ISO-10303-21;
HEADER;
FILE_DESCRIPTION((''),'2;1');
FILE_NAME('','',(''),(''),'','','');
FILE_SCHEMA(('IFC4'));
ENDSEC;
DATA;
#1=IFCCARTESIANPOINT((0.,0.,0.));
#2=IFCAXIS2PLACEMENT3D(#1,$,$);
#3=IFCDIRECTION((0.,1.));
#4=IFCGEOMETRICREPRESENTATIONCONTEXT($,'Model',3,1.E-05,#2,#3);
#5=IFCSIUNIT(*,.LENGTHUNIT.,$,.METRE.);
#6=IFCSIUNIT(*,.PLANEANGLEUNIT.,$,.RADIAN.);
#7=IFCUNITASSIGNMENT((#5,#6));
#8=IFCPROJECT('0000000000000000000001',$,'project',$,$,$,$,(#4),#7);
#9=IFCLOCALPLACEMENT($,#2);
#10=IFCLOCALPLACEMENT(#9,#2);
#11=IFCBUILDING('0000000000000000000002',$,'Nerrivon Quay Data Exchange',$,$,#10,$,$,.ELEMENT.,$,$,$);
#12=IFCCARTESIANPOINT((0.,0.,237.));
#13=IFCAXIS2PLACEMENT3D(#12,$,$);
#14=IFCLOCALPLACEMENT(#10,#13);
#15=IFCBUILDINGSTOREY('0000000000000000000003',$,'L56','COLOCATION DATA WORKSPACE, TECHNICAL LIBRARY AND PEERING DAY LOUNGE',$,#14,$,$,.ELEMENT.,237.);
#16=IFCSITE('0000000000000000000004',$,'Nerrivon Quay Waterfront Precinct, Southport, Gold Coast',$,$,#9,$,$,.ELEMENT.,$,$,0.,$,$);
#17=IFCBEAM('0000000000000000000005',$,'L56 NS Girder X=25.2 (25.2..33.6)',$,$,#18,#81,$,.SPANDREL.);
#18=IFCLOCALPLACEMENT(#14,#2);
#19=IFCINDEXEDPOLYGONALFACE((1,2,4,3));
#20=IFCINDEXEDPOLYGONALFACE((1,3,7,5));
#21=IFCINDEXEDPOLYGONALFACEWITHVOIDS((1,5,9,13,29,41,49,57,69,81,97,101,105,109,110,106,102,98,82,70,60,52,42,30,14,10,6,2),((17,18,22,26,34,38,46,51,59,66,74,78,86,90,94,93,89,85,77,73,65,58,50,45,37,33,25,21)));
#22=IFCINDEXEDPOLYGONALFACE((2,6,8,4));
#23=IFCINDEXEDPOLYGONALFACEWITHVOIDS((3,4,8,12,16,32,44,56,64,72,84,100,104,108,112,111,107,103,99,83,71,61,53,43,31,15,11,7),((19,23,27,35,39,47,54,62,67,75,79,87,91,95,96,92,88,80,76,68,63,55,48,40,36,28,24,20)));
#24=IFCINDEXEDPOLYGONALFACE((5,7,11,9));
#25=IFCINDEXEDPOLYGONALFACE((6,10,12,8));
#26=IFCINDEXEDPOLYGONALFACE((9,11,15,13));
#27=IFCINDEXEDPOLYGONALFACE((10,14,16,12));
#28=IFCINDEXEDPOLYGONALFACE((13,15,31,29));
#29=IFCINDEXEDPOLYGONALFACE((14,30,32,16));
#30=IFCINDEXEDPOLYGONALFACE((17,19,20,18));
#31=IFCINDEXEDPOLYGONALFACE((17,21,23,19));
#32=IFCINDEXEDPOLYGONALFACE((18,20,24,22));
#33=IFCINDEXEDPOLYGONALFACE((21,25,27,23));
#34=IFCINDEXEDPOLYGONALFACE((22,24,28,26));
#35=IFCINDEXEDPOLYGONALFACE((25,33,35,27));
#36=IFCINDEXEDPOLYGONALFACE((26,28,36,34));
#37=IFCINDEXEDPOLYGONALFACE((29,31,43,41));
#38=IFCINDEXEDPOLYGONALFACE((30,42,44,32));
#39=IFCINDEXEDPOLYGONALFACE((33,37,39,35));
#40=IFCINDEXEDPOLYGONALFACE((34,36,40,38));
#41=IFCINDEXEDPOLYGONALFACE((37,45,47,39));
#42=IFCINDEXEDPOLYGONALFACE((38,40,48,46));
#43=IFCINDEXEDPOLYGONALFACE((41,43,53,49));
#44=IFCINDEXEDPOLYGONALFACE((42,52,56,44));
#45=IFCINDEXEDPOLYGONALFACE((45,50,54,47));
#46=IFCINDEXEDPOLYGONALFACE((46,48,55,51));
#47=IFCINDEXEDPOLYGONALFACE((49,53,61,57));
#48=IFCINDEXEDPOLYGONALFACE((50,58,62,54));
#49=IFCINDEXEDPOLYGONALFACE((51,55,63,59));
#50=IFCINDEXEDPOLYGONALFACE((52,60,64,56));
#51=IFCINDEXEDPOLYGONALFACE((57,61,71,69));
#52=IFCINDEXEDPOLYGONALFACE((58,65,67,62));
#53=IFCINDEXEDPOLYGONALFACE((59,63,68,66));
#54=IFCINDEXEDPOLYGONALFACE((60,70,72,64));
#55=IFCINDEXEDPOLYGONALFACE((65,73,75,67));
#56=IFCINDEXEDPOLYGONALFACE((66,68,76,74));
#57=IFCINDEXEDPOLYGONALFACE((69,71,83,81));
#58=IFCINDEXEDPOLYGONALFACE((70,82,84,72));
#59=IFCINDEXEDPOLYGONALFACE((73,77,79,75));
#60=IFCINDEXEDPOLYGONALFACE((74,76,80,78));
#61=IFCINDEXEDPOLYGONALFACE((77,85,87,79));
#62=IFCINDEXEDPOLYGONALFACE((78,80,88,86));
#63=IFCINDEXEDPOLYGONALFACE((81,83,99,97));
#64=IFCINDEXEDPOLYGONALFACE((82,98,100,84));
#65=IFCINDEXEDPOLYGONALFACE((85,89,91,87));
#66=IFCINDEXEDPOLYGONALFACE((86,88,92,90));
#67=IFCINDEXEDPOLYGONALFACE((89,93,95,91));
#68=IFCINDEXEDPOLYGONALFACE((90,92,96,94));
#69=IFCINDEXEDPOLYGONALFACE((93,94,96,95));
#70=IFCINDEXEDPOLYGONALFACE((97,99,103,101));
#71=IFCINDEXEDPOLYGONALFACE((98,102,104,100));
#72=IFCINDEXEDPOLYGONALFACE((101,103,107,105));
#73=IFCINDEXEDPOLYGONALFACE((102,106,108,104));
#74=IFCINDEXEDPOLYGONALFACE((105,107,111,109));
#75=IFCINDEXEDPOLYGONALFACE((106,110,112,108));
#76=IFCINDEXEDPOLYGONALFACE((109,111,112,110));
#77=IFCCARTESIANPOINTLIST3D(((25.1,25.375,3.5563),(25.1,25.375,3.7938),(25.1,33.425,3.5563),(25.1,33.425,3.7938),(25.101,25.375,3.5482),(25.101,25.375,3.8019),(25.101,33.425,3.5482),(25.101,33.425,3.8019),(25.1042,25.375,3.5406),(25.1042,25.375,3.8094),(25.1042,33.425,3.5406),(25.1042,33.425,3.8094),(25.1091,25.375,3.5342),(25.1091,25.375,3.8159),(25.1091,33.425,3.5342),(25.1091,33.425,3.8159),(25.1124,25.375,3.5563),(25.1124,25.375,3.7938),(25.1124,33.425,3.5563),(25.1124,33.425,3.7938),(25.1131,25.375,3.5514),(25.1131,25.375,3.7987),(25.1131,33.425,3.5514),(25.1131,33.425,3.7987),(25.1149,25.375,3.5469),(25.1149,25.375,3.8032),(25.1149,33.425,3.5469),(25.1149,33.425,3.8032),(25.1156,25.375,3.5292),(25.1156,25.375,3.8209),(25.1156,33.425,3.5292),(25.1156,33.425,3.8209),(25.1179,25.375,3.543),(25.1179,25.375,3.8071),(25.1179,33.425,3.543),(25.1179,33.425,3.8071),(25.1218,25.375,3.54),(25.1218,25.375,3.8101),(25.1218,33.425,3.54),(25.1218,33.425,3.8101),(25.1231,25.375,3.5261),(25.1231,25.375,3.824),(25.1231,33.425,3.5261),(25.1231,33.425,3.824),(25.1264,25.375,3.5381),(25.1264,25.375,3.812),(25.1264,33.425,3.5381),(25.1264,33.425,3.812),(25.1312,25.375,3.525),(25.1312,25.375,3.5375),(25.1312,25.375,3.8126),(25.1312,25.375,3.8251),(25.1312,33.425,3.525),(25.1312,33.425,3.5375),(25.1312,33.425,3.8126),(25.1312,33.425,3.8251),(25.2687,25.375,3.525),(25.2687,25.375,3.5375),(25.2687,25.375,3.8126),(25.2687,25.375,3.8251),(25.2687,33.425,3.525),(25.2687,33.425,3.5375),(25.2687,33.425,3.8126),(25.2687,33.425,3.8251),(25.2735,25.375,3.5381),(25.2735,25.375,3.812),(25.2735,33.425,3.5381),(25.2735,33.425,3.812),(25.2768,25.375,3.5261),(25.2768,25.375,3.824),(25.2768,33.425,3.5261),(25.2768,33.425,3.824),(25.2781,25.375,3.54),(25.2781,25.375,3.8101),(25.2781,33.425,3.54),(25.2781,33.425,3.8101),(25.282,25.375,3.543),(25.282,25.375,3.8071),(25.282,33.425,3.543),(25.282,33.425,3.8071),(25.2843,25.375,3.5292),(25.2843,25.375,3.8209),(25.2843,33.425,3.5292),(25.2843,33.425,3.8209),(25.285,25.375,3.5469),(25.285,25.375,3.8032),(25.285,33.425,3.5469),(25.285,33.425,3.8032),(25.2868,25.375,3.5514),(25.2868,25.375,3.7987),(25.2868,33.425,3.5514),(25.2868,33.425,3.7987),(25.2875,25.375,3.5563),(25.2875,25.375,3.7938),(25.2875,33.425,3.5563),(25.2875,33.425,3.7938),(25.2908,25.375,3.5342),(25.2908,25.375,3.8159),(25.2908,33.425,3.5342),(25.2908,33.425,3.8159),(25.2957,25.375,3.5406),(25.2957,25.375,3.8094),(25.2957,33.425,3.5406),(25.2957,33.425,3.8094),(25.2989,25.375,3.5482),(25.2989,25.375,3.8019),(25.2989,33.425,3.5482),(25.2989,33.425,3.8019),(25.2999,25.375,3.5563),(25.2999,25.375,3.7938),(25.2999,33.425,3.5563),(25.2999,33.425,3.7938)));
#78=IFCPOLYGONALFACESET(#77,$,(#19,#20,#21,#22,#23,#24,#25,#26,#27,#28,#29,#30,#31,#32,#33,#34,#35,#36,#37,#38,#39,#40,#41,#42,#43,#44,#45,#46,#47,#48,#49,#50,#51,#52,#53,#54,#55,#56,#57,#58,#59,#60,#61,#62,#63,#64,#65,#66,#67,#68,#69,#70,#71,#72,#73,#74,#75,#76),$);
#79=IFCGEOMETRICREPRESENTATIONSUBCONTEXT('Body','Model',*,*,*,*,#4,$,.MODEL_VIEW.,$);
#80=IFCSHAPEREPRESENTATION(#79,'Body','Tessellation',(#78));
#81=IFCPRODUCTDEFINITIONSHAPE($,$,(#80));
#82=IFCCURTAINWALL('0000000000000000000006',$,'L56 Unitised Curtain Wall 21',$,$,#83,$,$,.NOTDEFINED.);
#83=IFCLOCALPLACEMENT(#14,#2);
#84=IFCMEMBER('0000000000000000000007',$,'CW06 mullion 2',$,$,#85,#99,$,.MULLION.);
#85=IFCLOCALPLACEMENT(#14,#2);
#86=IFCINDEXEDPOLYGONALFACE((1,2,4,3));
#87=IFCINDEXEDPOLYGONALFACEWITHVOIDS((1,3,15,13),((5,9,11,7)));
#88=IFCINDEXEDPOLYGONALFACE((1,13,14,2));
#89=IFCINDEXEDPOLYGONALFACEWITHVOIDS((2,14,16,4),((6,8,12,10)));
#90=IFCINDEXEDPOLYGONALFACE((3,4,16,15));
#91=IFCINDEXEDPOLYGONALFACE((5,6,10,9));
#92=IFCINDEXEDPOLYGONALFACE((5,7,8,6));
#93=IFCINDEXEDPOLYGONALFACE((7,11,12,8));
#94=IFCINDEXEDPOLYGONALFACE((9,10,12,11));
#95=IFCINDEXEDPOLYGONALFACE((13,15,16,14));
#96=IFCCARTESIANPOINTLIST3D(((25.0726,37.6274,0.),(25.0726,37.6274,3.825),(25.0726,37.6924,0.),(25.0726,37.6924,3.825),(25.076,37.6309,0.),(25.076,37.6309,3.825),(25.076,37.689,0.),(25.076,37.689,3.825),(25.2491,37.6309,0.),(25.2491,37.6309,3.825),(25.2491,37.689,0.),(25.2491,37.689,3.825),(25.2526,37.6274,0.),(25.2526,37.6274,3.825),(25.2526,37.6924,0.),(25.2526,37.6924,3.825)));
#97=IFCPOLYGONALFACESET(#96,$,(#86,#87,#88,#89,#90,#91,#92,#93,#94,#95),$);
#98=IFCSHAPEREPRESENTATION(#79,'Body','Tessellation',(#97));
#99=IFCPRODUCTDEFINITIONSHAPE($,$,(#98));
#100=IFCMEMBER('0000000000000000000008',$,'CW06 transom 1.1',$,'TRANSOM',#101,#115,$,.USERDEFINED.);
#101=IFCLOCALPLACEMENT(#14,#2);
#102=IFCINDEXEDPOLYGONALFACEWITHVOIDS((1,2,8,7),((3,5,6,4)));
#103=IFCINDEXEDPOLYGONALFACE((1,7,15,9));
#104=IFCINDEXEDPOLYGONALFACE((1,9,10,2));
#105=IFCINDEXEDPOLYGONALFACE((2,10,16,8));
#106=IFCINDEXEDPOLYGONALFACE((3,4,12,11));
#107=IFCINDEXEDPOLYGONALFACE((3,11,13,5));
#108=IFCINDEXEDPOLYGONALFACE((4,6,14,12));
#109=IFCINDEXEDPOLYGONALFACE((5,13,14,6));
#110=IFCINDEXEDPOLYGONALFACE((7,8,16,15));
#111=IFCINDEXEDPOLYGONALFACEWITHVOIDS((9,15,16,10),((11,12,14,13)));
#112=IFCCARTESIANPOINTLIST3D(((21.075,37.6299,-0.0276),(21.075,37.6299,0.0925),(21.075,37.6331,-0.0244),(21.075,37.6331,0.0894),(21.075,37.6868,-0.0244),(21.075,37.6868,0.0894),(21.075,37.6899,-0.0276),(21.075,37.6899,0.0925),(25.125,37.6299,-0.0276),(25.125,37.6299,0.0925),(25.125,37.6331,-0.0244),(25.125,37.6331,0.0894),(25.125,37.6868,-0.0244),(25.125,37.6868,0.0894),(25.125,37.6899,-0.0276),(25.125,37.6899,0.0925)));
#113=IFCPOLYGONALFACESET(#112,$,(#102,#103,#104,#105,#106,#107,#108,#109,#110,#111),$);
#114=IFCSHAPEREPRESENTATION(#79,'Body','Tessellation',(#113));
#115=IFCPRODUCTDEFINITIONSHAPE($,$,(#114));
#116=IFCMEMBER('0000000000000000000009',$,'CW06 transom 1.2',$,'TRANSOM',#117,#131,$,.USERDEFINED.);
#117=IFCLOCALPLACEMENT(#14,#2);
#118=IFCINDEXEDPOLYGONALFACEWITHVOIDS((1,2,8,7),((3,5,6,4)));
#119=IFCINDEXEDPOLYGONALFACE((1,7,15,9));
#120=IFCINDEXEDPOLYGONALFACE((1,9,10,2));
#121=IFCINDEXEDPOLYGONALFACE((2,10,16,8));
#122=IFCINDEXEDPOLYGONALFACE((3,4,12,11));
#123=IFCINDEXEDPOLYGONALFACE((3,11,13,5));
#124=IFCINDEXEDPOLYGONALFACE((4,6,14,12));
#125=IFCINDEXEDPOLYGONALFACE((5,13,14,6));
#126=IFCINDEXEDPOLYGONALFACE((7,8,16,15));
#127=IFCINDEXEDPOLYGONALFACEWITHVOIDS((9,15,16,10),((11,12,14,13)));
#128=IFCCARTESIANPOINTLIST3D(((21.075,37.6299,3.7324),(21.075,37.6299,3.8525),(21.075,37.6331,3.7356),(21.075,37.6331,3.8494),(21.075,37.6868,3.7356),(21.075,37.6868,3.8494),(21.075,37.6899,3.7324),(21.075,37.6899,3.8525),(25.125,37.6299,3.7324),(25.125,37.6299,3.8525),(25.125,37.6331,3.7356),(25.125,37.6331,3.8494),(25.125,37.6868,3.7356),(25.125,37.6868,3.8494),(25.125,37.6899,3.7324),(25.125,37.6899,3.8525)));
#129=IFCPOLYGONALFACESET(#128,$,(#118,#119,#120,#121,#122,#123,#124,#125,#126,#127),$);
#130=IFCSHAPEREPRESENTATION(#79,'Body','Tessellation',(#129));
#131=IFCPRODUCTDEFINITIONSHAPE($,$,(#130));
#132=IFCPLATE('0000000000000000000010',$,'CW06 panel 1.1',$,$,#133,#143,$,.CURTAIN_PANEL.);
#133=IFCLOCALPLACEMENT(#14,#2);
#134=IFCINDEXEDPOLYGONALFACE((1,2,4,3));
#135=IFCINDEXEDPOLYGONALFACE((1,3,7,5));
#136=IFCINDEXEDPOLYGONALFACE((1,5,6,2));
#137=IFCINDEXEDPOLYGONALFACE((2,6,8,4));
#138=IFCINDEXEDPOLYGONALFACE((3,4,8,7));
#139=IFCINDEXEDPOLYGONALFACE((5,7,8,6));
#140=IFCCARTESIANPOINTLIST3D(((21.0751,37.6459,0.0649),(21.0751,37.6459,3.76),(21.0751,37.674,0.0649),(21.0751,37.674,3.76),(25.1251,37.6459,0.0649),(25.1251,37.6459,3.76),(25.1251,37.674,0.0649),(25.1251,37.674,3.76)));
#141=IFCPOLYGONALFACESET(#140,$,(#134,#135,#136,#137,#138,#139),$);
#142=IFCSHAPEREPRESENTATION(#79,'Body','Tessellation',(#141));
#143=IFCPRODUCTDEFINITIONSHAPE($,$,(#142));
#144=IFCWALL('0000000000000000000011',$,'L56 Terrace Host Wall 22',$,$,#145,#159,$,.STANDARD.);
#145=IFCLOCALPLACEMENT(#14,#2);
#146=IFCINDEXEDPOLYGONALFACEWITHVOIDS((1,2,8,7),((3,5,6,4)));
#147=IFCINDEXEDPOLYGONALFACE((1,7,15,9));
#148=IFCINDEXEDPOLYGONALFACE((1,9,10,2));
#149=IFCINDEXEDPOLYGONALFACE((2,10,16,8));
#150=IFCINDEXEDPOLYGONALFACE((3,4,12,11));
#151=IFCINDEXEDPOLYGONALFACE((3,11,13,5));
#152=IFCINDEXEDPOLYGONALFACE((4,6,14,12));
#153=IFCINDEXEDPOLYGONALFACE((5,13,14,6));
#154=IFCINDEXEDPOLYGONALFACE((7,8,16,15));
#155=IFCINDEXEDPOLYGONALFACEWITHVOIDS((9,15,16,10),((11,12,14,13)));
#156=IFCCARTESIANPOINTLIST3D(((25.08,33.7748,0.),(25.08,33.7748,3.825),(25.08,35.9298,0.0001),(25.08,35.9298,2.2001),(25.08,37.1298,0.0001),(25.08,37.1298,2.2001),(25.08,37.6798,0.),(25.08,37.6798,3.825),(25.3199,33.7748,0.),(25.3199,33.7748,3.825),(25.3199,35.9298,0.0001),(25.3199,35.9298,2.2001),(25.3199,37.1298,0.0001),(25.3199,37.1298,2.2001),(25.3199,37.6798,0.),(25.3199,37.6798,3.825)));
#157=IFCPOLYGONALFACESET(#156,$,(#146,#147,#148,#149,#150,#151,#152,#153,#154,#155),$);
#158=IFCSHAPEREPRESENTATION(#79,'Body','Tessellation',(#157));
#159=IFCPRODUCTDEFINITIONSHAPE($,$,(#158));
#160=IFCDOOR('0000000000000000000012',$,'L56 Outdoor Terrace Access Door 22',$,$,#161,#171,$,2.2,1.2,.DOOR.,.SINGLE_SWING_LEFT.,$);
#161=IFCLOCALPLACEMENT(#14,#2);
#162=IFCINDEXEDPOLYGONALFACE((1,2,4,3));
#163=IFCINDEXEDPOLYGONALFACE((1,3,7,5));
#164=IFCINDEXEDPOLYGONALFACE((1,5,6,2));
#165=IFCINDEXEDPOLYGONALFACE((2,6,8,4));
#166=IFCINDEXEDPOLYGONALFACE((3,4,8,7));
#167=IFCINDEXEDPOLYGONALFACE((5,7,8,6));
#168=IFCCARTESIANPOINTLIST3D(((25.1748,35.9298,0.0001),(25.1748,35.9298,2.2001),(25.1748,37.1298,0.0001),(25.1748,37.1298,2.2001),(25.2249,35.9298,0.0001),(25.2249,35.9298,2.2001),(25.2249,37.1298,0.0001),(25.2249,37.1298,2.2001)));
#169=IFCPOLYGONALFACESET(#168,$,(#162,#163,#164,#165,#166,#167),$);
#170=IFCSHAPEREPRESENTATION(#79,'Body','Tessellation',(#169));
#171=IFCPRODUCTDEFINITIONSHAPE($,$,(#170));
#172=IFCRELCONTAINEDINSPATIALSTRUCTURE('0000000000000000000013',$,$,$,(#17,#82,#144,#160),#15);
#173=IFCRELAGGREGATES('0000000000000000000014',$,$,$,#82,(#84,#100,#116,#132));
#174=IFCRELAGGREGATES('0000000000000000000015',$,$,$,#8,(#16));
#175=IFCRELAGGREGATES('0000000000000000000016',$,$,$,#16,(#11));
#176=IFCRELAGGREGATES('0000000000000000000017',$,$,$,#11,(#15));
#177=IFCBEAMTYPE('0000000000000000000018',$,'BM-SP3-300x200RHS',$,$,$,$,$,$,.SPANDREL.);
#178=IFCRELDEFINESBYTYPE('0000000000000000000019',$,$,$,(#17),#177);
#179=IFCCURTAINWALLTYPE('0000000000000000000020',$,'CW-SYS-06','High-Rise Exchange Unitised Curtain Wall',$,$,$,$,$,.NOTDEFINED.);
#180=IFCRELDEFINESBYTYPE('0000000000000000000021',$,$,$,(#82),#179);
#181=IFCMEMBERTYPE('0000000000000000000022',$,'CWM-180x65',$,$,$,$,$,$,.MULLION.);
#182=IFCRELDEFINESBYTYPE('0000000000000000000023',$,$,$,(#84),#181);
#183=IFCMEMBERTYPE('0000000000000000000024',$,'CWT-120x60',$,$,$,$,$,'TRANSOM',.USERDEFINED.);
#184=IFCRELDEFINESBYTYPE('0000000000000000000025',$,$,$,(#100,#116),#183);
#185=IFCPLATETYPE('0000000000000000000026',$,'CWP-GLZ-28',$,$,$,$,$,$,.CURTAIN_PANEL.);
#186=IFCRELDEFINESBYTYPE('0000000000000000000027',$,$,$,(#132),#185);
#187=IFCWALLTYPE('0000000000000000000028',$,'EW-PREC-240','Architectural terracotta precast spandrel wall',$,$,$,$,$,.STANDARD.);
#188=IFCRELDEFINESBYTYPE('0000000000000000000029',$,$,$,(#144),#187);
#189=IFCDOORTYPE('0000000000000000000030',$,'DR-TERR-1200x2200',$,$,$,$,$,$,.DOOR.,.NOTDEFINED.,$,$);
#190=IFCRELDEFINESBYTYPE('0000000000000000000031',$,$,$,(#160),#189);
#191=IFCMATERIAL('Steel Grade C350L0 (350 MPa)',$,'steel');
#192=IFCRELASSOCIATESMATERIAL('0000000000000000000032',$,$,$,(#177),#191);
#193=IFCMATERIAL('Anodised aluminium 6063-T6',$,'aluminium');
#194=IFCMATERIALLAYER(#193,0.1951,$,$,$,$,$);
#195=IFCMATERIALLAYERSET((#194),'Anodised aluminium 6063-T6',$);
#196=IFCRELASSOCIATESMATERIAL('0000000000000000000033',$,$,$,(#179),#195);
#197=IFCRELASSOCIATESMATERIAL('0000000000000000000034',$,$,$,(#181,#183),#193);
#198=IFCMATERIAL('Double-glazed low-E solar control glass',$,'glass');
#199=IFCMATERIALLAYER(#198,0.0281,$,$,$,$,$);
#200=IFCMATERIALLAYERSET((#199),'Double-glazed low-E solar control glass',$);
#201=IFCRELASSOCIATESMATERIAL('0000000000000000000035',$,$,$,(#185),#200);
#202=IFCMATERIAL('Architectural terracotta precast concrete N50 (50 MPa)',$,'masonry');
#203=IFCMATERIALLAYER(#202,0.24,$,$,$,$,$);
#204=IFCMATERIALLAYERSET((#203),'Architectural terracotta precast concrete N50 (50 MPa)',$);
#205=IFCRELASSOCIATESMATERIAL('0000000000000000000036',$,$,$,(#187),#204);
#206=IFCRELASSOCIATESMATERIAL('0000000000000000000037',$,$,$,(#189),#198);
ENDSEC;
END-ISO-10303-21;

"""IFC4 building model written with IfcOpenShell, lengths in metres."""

from ifc_helpers import new_model, si_unit, direction, frame, frame_2d, origin, origin_2d, place, context, subcontext, project, spatial, rectangle, hollow_rectangle, extrude, material, layer, layer_set, material_profile, profile_set, type_object, element, fill, aggregate, save


model = new_model("IFC4")

# Units and contexts
model_context = context("Model", 3, precision=1e-05, world=origin(), true_north=direction((0.0, 1.0)))
body_context = subcontext(model_context, "Body", "Model", "MODEL_VIEW")
ifc_project = project(units=[si_unit("LENGTHUNIT", "METRE"), si_unit("PLANEANGLEUNIT", "RADIAN")], contexts=[model_context])

# Site, building, storey
site_placement = place(None, origin())
site = spatial("IfcSite", under=ifc_project, at=site_placement, Name="Nerrivon Quay Waterfront Precinct, Southport, Gold Coast", CompositionType="ELEMENT", RefElevation=0.0)
building_placement = place(site_placement, origin())
building = spatial("IfcBuilding", under=site, at=building_placement, Name="Nerrivon Quay Data Exchange", CompositionType="ELEMENT")
storey_placement = place(building_placement, frame((0.0, 0.0, 237.0)))
storey = spatial("IfcBuildingStorey", under=building, at=storey_placement, Name="L56", Description="COLOCATION DATA WORKSPACE, TECHNICAL LIBRARY AND PEERING DAY LOUNGE", CompositionType="ELEMENT", Elevation=237.0)

# Beam
ifc_material_1 = material(Name="Steel Grade C350L0 (350 MPa)", Category="steel")
ifc_material_profile_1 = material_profile(ifc_material_1, hollow_rectangle(XDim=0.2, YDim=0.3, WallThickness=0.0125, InnerFilletRadius=0.0188, OuterFilletRadius=0.0312, at=origin_2d()), Name="300x200x12.5RHS")
ifc_profile_set_1 = profile_set([ifc_material_profile_1], Name="Steel Grade C350L0 (350 MPa)")
beam_type = type_object("IfcBeamType", Name="BM-SP3-300x200RHS", PredefinedType="SPANDREL", material=ifc_profile_set_1)
beam_1_placement = place(storey_placement, frame((25.2, 25.375, 3.675), z_axis=(0.0, 1.0, 0.0), x_axis=(-1.0, 0.0, 0.0)))
element("IfcBeam", 1, at=beam_1_placement, inside=storey, type_object=beam_type, Name="L56 NS Girder X=25.2 (25.2..33.6)", PredefinedType="SPANDREL", context=body_context, shape_type="SweptSolid", body=[
    extrude(hollow_rectangle(XDim=0.2, YDim=0.3, WallThickness=0.0125, InnerFilletRadius=0.0188, OuterFilletRadius=0.0312, at=origin_2d()), origin(), (0.0, 0.0, 1.0), 8.05),
])

# Curtain wall, members, plate
ifc_material_2 = material(Name="Anodised aluminium 6063-T6", Category="aluminium")
ifc_layer_1 = layer(ifc_material_2, 0.1951)
ifc_layer_set_1 = layer_set([ifc_layer_1], Name="Anodised aluminium 6063-T6")
curtain_wall_type = type_object("IfcCurtainWallType", Name="CW-SYS-06", Description="High-Rise Exchange Unitised Curtain Wall", PredefinedType="NOTDEFINED", material=ifc_layer_set_1)
curtain_wall_placement = place(storey_placement, origin())
curtain_wall = element("IfcCurtainWall", 2, at=curtain_wall_placement, inside=storey, type_object=curtain_wall_type, Name="L56 Unitised Curtain Wall 21", PredefinedType="NOTDEFINED")
ifc_material_profile_2 = material_profile(ifc_material_2, hollow_rectangle(XDim=0.0649, YDim=0.1799, WallThickness=0.0034, at=origin_2d()), Name="ALU-MULL-180x65")
ifc_profile_set_2 = profile_set([ifc_material_profile_2], Name="Anodised aluminium 6063-T6")
member_type_1 = type_object("IfcMemberType", Name="CWM-180x65", PredefinedType="MULLION", material=ifc_profile_set_2)
member_1_placement = place(storey_placement, frame((25.1626, 37.6599, 0.0), z_axis=(0.0, 0.0, 1.0), x_axis=(0.0, 1.0, 0.0)))
member_1 = element("IfcMember", 3, at=member_1_placement, type_object=member_type_1, Name="CW06 mullion 2", PredefinedType="MULLION", context=body_context, shape_type="SweptSolid", body=[
    extrude(hollow_rectangle(XDim=0.0649, YDim=0.1799, WallThickness=0.0034, at=origin_2d()), origin(), (0.0, 0.0, 1.0), 3.825),
])
ifc_material_profile_3 = material_profile(ifc_material_2, hollow_rectangle(XDim=0.0601, YDim=0.1201, WallThickness=0.0032, at=origin_2d()), Name="ALU-TRAN-120x60")
ifc_profile_set_3 = profile_set([ifc_material_profile_3], Name="Anodised aluminium 6063-T6")
member_type_2 = type_object("IfcMemberType", Name="CWT-120x60", ElementType="TRANSOM", PredefinedType="USERDEFINED", material=ifc_profile_set_3)
member_2_placement = place(storey_placement, frame((21.075, 37.6599, 0.0325), z_axis=(1.0, 0.0, 0.0), x_axis=(0.0, 1.0, 0.0)))
member_2 = element("IfcMember", 4, at=member_2_placement, type_object=member_type_2, Name="CW06 transom 1.1", ObjectType="TRANSOM", PredefinedType="USERDEFINED", context=body_context, shape_type="SweptSolid", body=[
    extrude(hollow_rectangle(XDim=0.0601, YDim=0.1201, WallThickness=0.0032, at=origin_2d()), origin(), (0.0, 0.0, 1.0), 4.05),
])
member_3_placement = place(storey_placement, frame((21.075, 37.6599, 3.7925), z_axis=(1.0, 0.0, 0.0), x_axis=(0.0, 1.0, 0.0)))
member_3 = element("IfcMember", 5, at=member_3_placement, type_object=member_type_2, Name="CW06 transom 1.2", ObjectType="TRANSOM", PredefinedType="USERDEFINED", context=body_context, shape_type="SweptSolid", body=[
    extrude(hollow_rectangle(XDim=0.0601, YDim=0.1201, WallThickness=0.0032, at=origin_2d()), origin(), (0.0, 0.0, 1.0), 4.05),
])
ifc_material_3 = material(Name="Double-glazed low-E solar control glass", Category="glass")
ifc_layer_2 = layer(ifc_material_3, 0.0281)
ifc_layer_set_2 = layer_set([ifc_layer_2], Name="Double-glazed low-E solar control glass")
plate_type = type_object("IfcPlateType", Name="CWP-GLZ-28", PredefinedType="CURTAIN_PANEL", material=ifc_layer_set_2)
plate_placement = place(storey_placement, frame((23.1001, 37.6599, 0.0649), z_axis=(0.0, 0.0, 1.0), x_axis=(1.0, 0.0, 0.0)))
plate = element("IfcPlate", 6, at=plate_placement, type_object=plate_type, Name="CW06 panel 1.1", PredefinedType="CURTAIN_PANEL", context=body_context, shape_type="SweptSolid", body=[
    extrude(rectangle(XDim=4.05, YDim=0.0281, at=origin_2d()), origin(), (0.0, 0.0, 1.0), 3.6951),
])
aggregate(curtain_wall, [member_1, member_2, member_3, plate])

# Wall, opening, door
ifc_material_4 = material(Name="Architectural terracotta precast concrete N50 (50 MPa)", Category="masonry")
ifc_layer_3 = layer(ifc_material_4, 0.24)
ifc_layer_set_3 = layer_set([ifc_layer_3], Name="Architectural terracotta precast concrete N50 (50 MPa)")
wall_type_1 = type_object("IfcWallType", Name="EW-PREC-240", Description="Architectural terracotta precast spandrel wall", PredefinedType="STANDARD", material=ifc_layer_set_3)
wall_1_placement = place(storey_placement, frame((25.2, 37.6799, 0.0), z_axis=(0.0, 0.0, 1.0), x_axis=(0.0, -1.0, 0.0)))
wall_1 = element("IfcWall", 7, at=wall_1_placement, inside=storey, type_object=wall_type_1, Name="L56 Terrace Host Wall 22", PredefinedType="STANDARD", context=body_context, shape_type="SweptSolid", body=[
    extrude(rectangle(XDim=3.905, YDim=0.24, at=frame_2d((1.9526, 0.0))), origin(), (0.0, 0.0, 1.0), 3.825),
])
opening_1_placement = place(wall_1_placement, frame((0.55, 0.0, 0.0)))
opening_1 = element("IfcOpeningElement", 8, at=opening_1_placement, cuts=wall_1, PredefinedType="OPENING", context=body_context, shape_type="SweptSolid", body=[
    extrude(rectangle(XDim=1.2, YDim=2.2, at=frame_2d((0.6001, 1.1001))), frame((0.0, 0.1299, 0.0), z_axis=(0.0, -1.0, 0.0), x_axis=(1.0, 0.0, 0.0)), (0.0, 0.0, 1.0), 0.26),
])
door_type = type_object("IfcDoorType", Name="DR-TERR-1200x2200", OperationType="NOTDEFINED", PredefinedType="DOOR", material=ifc_material_3)
door_1_placement = place(opening_1_placement, origin())
door_1 = element("IfcDoor", 9, at=door_1_placement, inside=storey, type_object=door_type, Name="L56 Outdoor Terrace Access Door 22", OperationType="SINGLE_SWING_LEFT", OverallHeight=2.2, OverallWidth=1.2, PredefinedType="DOOR", context=body_context, shape_type="SweptSolid", body=[
    extrude(rectangle(XDim=1.2, YDim=2.2, at=frame_2d((0.6001, 1.1001))), frame((0.0, 0.0249, 0.0), z_axis=(0.0, -1.0, 0.0), x_axis=(1.0, 0.0, 0.0)), (0.0, 0.0, 1.0), 0.05),
])
fill(opening_1, door_1)

save(model, "model.ifc")
